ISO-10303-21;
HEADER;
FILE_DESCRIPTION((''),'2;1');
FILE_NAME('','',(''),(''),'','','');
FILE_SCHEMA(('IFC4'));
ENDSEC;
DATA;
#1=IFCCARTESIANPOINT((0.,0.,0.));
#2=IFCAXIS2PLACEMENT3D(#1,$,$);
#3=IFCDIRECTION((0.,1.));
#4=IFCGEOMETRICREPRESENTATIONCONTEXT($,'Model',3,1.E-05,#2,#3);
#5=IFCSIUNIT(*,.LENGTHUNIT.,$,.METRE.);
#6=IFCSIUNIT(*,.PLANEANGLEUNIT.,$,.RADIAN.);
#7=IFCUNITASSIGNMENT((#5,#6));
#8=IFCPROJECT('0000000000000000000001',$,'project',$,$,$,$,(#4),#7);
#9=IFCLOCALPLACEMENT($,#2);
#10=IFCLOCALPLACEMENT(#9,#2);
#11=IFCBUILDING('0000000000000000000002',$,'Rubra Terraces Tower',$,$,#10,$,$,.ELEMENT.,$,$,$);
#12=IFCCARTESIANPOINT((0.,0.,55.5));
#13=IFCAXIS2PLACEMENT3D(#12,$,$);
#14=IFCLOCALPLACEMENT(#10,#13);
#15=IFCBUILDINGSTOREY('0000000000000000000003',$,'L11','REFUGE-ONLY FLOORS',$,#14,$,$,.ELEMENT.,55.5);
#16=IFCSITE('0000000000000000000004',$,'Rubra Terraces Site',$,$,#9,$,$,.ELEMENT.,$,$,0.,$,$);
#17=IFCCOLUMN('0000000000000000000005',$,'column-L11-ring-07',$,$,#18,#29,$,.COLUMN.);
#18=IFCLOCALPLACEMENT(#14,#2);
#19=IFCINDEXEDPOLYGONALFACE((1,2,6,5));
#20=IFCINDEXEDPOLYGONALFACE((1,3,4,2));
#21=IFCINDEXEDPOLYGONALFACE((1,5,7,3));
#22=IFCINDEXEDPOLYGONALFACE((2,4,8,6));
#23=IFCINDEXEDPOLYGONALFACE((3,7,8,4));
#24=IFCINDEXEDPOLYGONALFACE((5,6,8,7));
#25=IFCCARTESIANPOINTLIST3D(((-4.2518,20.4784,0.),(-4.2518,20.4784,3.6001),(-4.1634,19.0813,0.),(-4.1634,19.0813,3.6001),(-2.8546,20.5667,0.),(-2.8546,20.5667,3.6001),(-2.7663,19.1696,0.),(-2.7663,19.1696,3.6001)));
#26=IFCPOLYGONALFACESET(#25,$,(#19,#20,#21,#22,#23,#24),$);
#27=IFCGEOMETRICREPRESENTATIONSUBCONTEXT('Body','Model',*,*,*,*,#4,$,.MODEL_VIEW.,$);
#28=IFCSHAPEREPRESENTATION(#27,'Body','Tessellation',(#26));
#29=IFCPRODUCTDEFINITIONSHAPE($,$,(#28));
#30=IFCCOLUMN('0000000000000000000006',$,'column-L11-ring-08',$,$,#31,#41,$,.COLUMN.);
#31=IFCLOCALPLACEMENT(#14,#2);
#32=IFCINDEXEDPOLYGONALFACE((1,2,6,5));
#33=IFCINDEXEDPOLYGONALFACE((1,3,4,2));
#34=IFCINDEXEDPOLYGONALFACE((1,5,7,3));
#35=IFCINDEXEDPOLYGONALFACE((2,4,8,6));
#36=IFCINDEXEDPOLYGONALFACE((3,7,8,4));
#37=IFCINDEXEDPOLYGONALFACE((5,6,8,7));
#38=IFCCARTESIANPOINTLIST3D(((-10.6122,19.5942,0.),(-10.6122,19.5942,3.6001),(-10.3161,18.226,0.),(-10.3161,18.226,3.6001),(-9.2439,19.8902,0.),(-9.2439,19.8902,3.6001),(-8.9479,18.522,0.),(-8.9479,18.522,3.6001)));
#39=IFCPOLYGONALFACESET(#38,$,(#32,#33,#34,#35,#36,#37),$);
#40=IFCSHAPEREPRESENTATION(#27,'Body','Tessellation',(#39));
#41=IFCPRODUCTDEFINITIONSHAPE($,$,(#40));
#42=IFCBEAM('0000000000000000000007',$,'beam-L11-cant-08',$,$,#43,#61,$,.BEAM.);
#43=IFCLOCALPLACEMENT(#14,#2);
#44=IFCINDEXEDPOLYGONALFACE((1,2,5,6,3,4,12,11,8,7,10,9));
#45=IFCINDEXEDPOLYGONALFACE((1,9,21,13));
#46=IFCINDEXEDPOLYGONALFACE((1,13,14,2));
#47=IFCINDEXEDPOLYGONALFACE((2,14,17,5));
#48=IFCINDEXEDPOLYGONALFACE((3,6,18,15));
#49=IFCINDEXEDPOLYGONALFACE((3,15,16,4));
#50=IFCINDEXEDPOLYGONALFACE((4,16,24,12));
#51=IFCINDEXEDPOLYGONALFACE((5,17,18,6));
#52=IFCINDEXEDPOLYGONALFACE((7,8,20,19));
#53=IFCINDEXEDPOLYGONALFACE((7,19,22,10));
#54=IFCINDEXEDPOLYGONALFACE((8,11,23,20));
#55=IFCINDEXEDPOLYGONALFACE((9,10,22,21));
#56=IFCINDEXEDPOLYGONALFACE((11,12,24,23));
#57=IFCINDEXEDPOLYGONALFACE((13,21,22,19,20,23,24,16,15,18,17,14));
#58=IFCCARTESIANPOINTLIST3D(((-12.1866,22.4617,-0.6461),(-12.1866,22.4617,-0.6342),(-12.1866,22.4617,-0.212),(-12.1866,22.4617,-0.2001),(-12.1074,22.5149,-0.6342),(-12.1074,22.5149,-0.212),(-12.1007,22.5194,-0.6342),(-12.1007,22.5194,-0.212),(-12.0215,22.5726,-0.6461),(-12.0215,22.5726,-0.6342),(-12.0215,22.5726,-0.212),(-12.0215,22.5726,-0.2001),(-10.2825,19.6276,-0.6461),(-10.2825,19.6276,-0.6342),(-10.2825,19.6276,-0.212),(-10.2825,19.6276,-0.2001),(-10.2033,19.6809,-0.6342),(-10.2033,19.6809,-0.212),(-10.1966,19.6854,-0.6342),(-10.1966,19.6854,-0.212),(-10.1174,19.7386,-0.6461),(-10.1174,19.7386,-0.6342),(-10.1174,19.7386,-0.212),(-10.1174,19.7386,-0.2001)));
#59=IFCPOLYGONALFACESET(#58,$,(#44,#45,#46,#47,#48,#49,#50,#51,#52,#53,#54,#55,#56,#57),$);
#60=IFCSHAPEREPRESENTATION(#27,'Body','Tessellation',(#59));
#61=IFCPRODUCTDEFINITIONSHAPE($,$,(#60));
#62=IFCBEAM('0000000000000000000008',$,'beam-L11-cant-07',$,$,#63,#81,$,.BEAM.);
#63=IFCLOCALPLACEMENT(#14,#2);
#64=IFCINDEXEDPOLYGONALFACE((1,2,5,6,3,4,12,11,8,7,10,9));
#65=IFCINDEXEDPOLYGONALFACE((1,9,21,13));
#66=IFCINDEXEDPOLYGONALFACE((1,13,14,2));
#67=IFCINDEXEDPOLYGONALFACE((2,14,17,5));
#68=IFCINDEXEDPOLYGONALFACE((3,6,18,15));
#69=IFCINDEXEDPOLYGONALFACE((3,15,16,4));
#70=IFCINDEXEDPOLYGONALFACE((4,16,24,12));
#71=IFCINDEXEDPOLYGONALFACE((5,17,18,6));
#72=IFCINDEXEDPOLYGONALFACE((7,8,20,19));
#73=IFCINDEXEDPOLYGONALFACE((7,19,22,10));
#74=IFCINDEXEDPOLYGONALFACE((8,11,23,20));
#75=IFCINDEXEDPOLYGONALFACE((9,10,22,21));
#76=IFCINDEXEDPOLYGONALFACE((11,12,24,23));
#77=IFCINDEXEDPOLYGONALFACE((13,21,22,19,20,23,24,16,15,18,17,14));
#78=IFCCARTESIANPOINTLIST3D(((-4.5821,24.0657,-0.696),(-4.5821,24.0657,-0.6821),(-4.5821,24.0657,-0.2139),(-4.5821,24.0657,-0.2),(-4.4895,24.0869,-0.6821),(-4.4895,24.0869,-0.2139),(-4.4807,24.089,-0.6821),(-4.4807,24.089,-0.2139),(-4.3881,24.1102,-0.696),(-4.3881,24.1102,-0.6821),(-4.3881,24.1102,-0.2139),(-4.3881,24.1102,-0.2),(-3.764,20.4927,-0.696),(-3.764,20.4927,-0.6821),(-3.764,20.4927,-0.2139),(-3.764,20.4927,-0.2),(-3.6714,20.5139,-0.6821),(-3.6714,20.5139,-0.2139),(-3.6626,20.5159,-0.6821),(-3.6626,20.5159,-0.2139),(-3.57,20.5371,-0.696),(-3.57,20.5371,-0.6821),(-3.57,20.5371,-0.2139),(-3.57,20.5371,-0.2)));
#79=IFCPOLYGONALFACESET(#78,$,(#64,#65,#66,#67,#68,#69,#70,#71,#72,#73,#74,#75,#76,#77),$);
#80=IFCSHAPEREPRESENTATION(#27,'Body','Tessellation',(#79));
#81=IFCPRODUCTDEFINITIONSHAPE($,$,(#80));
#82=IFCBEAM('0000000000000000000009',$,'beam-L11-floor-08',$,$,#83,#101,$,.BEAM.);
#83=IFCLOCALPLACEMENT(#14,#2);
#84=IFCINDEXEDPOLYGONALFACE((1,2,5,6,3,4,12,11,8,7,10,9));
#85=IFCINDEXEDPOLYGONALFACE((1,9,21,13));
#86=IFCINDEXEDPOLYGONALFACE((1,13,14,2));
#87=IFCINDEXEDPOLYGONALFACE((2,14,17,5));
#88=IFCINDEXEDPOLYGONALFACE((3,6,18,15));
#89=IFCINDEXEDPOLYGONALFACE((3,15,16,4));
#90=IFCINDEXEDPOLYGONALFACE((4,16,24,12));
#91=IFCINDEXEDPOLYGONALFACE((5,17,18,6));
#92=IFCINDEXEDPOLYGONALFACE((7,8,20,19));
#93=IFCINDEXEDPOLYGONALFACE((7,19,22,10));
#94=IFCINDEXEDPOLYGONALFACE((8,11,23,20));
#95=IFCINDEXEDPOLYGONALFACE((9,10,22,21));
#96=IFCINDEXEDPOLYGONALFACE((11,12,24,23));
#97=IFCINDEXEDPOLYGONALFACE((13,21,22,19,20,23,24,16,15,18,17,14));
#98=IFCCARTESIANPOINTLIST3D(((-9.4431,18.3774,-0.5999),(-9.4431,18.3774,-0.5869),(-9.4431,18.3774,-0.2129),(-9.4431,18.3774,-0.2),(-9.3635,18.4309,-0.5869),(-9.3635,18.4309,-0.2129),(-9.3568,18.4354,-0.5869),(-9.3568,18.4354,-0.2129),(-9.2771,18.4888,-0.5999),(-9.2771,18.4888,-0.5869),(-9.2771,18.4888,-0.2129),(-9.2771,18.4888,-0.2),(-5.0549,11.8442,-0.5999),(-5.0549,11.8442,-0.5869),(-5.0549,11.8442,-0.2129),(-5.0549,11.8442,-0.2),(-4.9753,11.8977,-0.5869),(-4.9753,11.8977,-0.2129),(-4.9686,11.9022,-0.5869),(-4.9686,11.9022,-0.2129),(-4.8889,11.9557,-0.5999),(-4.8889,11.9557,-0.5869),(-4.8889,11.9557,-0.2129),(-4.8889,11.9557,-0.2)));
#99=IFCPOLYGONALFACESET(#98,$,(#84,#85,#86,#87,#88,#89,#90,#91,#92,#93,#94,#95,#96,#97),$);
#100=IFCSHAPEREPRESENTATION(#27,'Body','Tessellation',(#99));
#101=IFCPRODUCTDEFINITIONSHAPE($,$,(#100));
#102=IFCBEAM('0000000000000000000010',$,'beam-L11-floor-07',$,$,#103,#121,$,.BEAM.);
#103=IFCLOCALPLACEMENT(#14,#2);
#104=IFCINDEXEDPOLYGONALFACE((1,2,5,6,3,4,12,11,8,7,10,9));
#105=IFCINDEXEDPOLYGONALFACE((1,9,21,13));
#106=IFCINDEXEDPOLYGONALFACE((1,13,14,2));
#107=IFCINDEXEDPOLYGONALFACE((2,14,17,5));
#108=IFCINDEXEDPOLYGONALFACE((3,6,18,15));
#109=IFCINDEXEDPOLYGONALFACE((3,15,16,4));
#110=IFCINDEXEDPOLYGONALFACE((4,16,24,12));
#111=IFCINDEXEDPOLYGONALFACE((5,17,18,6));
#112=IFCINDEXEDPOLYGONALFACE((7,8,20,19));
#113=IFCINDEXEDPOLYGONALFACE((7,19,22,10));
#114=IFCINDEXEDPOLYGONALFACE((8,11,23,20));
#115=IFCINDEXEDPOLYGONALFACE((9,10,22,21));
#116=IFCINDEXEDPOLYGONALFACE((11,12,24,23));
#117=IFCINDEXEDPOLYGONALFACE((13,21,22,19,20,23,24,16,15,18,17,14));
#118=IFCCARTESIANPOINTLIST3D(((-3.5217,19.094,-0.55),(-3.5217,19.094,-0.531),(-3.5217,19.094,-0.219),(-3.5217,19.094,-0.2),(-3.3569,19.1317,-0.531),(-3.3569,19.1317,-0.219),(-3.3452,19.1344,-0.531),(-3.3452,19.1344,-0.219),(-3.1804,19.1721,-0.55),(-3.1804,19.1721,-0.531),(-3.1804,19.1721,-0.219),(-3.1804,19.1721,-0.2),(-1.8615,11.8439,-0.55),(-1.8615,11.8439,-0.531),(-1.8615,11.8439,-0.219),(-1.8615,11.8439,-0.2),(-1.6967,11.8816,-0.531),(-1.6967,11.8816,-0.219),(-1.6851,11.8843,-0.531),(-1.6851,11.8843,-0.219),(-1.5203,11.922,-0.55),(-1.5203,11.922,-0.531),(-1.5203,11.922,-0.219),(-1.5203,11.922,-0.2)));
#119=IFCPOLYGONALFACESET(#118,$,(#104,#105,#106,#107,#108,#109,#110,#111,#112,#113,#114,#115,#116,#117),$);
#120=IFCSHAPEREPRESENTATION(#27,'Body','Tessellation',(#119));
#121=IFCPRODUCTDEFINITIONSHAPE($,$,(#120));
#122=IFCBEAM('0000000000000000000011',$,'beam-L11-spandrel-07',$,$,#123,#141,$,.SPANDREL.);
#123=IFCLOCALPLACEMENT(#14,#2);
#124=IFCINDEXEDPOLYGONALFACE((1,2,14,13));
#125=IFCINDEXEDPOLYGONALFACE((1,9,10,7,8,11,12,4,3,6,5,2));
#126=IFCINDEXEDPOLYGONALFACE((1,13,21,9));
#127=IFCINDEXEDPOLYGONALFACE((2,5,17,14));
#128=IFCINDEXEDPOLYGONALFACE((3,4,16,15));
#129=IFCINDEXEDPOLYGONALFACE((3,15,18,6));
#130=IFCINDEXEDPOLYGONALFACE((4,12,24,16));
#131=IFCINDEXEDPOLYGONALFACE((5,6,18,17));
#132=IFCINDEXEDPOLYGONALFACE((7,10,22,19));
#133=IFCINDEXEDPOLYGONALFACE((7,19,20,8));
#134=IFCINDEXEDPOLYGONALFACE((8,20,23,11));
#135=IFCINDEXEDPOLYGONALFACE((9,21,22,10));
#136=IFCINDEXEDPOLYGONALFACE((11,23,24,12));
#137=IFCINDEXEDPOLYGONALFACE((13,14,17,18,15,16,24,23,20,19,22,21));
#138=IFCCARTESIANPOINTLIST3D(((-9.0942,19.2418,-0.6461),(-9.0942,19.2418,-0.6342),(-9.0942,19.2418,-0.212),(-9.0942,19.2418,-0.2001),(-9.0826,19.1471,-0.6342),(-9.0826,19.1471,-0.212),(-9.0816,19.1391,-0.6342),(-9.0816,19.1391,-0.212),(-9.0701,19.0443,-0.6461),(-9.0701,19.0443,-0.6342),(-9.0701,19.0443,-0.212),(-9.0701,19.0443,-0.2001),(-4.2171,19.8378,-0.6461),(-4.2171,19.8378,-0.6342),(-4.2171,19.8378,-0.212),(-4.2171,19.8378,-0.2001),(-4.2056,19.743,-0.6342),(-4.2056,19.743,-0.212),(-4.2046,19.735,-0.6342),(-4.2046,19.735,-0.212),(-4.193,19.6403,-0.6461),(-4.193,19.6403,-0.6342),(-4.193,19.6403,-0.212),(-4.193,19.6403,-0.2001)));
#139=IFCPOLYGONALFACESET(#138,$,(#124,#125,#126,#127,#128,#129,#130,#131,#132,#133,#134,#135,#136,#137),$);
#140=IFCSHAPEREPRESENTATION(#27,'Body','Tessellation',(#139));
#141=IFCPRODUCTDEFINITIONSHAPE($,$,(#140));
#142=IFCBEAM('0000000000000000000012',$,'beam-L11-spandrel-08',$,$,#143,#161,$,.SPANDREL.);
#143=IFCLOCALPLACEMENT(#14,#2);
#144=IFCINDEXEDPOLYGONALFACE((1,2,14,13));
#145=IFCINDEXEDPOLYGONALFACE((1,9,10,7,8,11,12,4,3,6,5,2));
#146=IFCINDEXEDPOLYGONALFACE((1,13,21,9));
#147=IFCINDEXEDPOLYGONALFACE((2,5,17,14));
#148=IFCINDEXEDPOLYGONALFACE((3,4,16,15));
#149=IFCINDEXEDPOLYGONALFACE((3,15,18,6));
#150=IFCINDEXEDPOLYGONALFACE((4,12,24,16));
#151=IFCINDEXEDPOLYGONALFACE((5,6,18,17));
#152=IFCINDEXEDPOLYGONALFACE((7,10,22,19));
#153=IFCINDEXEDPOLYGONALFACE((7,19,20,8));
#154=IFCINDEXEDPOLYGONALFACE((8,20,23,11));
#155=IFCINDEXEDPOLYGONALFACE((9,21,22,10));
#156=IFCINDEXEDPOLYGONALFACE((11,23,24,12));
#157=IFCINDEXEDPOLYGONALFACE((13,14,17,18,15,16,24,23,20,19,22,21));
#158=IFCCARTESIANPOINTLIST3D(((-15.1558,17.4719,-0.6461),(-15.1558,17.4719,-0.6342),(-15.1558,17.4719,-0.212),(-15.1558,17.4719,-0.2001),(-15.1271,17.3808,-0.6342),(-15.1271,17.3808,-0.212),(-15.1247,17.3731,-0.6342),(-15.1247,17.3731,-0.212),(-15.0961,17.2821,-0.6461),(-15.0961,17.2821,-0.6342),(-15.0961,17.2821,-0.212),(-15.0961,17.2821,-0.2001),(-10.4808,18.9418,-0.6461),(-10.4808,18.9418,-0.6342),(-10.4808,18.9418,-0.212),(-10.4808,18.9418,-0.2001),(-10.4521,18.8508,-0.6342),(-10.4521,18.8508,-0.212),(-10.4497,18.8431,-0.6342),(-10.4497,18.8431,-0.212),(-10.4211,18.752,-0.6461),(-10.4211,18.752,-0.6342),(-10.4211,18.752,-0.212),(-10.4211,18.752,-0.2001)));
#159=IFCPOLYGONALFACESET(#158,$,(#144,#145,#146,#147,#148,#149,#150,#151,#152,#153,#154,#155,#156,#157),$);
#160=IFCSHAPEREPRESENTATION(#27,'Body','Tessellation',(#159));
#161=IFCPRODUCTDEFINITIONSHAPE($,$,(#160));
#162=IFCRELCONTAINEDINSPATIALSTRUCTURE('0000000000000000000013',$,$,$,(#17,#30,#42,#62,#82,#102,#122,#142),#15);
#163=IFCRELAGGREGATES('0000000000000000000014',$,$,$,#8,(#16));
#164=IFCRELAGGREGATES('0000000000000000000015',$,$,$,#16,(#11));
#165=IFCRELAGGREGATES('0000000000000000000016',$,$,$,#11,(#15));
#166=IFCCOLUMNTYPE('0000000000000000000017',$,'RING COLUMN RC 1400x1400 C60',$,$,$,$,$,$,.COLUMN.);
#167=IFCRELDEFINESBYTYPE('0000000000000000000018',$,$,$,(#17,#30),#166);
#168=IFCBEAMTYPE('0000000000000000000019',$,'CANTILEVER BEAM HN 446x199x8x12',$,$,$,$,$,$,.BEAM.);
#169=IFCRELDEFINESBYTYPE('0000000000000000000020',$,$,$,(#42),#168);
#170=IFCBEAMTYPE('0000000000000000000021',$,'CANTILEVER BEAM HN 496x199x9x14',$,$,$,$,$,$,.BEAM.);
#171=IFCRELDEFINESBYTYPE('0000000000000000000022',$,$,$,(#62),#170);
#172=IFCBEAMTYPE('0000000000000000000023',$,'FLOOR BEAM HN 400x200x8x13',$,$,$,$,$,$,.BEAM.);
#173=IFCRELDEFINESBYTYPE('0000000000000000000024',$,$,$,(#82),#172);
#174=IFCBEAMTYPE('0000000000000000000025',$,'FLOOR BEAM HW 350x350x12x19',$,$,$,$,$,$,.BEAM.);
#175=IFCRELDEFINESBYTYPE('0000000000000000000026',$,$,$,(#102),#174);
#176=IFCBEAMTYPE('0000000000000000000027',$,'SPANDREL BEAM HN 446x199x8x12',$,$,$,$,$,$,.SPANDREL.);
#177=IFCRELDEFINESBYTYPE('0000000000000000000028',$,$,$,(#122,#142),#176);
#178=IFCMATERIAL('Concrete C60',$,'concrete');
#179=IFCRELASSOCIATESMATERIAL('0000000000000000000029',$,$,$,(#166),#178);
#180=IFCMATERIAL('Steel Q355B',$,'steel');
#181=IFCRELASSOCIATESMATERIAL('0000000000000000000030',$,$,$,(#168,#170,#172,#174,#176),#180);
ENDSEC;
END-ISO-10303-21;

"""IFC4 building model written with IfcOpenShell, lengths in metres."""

from ifc_helpers import new_model, si_unit, direction, frame, origin, origin_2d, place, context, subcontext, project, spatial, rectangle, i_section, extrude, material, material_profile, profile_set, type_object, element, save


model = new_model("IFC4")

# Units and contexts
model_context = context("Model", 3, precision=1e-05, world=origin(), true_north=direction((0.0, 1.0)))
body_context = subcontext(model_context, "Body", "Model", "MODEL_VIEW")
ifc_project = project(units=[si_unit("LENGTHUNIT", "METRE"), si_unit("PLANEANGLEUNIT", "RADIAN")], contexts=[model_context])

# Site, building, storey
site_placement = place(None, origin())
site = spatial("IfcSite", under=ifc_project, at=site_placement, Name="Rubra Terraces Site", CompositionType="ELEMENT", RefElevation=0.0)
building_placement = place(site_placement, origin())
building = spatial("IfcBuilding", under=site, at=building_placement, Name="Rubra Terraces Tower", CompositionType="ELEMENT")
storey_placement = place(building_placement, frame((0.0, 0.0, 55.5)))
storey = spatial("IfcBuildingStorey", under=building, at=storey_placement, Name="L11", Description="REFUGE-ONLY FLOORS", CompositionType="ELEMENT", Elevation=55.5)

# Columns
ifc_material_1 = material(Name="Concrete C60", Category="concrete")
ifc_material_profile_1 = material_profile(ifc_material_1, rectangle(XDim=1.3999, YDim=1.3999, at=origin_2d()), Name="RC 1400x1400")
ifc_profile_set_1 = profile_set([ifc_material_profile_1], Name="Concrete C60")
column_type = type_object("IfcColumnType", Name="RING COLUMN RC 1400x1400 C60", PredefinedType="COLUMN", material=ifc_profile_set_1)
for number, where, z_axis, x_axis, name in (
    (1, (-3.509, 19.824, 0.0), (0.0, 0.0, 1.0), (-0.998008, -0.063094, 0.0), "column-L11-ring-07"),
    (2, (-9.78, 19.0581, 0.0), (0.0, 0.0, 1.0), (-0.977386, -0.211462, 0.0), "column-L11-ring-08"),
):
    element("IfcColumn", number, at=place(storey_placement, frame(where, z_axis=z_axis, x_axis=x_axis)), inside=storey, type_object=column_type, Name=name, PredefinedType="COLUMN", context=body_context, shape_type="SweptSolid", body=[
        extrude(rectangle(XDim=1.3999, YDim=1.3999, at=origin_2d()), origin(), (0.0, 0.0, 1.0), 3.6001),
    ])

# Beams
ifc_material_2 = material(Name="Steel Q355B", Category="steel")
ifc_material_profile_2 = material_profile(ifc_material_2, i_section(OverallWidth=0.199, OverallDepth=0.446, WebThickness=0.0081, FlangeThickness=0.012, at=origin_2d()), Name="HN 446x199x8x12")
ifc_profile_set_2 = profile_set([ifc_material_profile_2], Name="Steel Q355B")
beam_type_1 = type_object("IfcBeamType", Name="CANTILEVER BEAM HN 446x199x8x12", PredefinedType="BEAM", material=ifc_profile_set_2)
beam_1_placement = place(storey_placement, frame((-10.2, 19.6831, -0.4231), z_axis=(-0.557683, 0.830054, 0.0), x_axis=(-0.830054, -0.557683, 0.0)))
element("IfcBeam", 3, at=beam_1_placement, inside=storey, type_object=beam_type_1, Name="beam-L11-cant-08", PredefinedType="BEAM", context=body_context, shape_type="SweptSolid", body=[
    extrude(i_section(OverallWidth=0.199, OverallDepth=0.446, WebThickness=0.0081, FlangeThickness=0.012, at=origin_2d()), origin(), (0.0, 0.0, 1.0), 3.4143),
])
ifc_material_profile_3 = material_profile(ifc_material_2, i_section(OverallWidth=0.199, OverallDepth=0.4961, WebThickness=0.009, FlangeThickness=0.0139, at=origin_2d()), Name="HN 496x199x9x14")
ifc_profile_set_3 = profile_set([ifc_material_profile_3], Name="Steel Q355B")
beam_type_2 = type_object("IfcBeamType", Name="CANTILEVER BEAM HN 496x199x9x14", PredefinedType="BEAM", material=ifc_profile_set_3)
beam_2_placement = place(storey_placement, frame((-3.667, 20.5149, -0.448), z_axis=(-0.223196, 0.974774, 0.0), x_axis=(-0.974774, -0.223196, 0.0)))
element("IfcBeam", 4, at=beam_2_placement, inside=storey, type_object=beam_type_2, Name="beam-L11-cant-07", PredefinedType="BEAM", context=body_context, shape_type="SweptSolid", body=[
    extrude(i_section(OverallWidth=0.199, OverallDepth=0.4961, WebThickness=0.009, FlangeThickness=0.0139, at=origin_2d()), origin(), (0.0, 0.0, 1.0), 3.6655),
])
ifc_material_profile_4 = material_profile(ifc_material_2, i_section(OverallWidth=0.2, OverallDepth=0.3999, WebThickness=0.0081, FlangeThickness=0.0129, at=origin_2d()), Name="HN 400x200x8x13")
ifc_profile_set_4 = profile_set([ifc_material_profile_4], Name="Steel Q355B")
beam_type_3 = type_object("IfcBeamType", Name="FLOOR BEAM HN 400x200x8x13", PredefinedType="BEAM", material=ifc_profile_set_4)
beam_3_placement = place(storey_placement, frame((-9.3601, 18.4331, -0.3999), z_axis=(0.557575, -0.830127, 0.0), x_axis=(0.830127, 0.557575, 0.0)))
element("IfcBeam", 5, at=beam_3_placement, inside=storey, type_object=beam_type_3, Name="beam-L11-floor-08", PredefinedType="BEAM", context=body_context, shape_type="SweptSolid", body=[
    extrude(i_section(OverallWidth=0.2, OverallDepth=0.3999, WebThickness=0.0081, FlangeThickness=0.0129, at=origin_2d()), origin(), (0.0, 0.0, 1.0), 7.8701),
])
ifc_material_profile_5 = material_profile(ifc_material_2, i_section(OverallWidth=0.3501, OverallDepth=0.3501, WebThickness=0.012, FlangeThickness=0.019, at=origin_2d()), Name="HW 350x350x12x19")
ifc_profile_set_5 = profile_set([ifc_material_profile_5], Name="Steel Q355B")
beam_type_4 = type_object("IfcBeamType", Name="FLOOR BEAM HW 350x350x12x19", PredefinedType="BEAM", material=ifc_profile_set_5)
beam_4_placement = place(storey_placement, frame((-3.3511, 19.1331, -0.375), z_axis=(0.22321, -0.97477, 0.0), x_axis=(0.97477, 0.22321, 0.0)))
element("IfcBeam", 6, at=beam_4_placement, inside=storey, type_object=beam_type_4, Name="beam-L11-floor-07", PredefinedType="BEAM", context=body_context, shape_type="SweptSolid", body=[
    extrude(i_section(OverallWidth=0.3501, OverallDepth=0.3501, WebThickness=0.012, FlangeThickness=0.019, at=origin_2d()), origin(), (0.0, 0.0, 1.0), 7.4377),
])
ifc_material_profile_6 = material_profile(ifc_material_2, i_section(OverallWidth=0.199, OverallDepth=0.446, WebThickness=0.0081, FlangeThickness=0.012, at=origin_2d()), Name="HN 446x199x8x12")
ifc_profile_set_6 = profile_set([ifc_material_profile_6], Name="Steel Q355B")
beam_type_5 = type_object("IfcBeamType", Name="SPANDREL BEAM HN 446x199x8x12", PredefinedType="SPANDREL", material=ifc_profile_set_6)
beam_5_placement = place(storey_placement, frame((-4.2051, 19.739, -0.4231), z_axis=(-0.992617, -0.121294, 0.0), x_axis=(0.121294, -0.992617, 0.0)))
element("IfcBeam", 7, at=beam_5_placement, inside=storey, type_object=beam_type_5, Name="beam-L11-spandrel-07", PredefinedType="SPANDREL", context=body_context, shape_type="SweptSolid", body=[
    extrude(i_section(OverallWidth=0.199, OverallDepth=0.446, WebThickness=0.0081, FlangeThickness=0.012, at=origin_2d()), origin(), (0.0, 0.0, 1.0), 4.9133),
])
beam_6_placement = place(storey_placement, frame((-10.4509, 18.8469, -0.4231), z_axis=(-0.953955, -0.299951, 0.0), x_axis=(0.299951, -0.953955, 0.0)))
element("IfcBeam", 8, at=beam_6_placement, inside=storey, type_object=beam_type_5, Name="beam-L11-spandrel-08", PredefinedType="SPANDREL", context=body_context, shape_type="SweptSolid", body=[
    extrude(i_section(OverallWidth=0.199, OverallDepth=0.446, WebThickness=0.0081, FlangeThickness=0.012, at=origin_2d()), origin(), (0.0, 0.0, 1.0), 4.9006),
])

save(model, "model.ifc")
